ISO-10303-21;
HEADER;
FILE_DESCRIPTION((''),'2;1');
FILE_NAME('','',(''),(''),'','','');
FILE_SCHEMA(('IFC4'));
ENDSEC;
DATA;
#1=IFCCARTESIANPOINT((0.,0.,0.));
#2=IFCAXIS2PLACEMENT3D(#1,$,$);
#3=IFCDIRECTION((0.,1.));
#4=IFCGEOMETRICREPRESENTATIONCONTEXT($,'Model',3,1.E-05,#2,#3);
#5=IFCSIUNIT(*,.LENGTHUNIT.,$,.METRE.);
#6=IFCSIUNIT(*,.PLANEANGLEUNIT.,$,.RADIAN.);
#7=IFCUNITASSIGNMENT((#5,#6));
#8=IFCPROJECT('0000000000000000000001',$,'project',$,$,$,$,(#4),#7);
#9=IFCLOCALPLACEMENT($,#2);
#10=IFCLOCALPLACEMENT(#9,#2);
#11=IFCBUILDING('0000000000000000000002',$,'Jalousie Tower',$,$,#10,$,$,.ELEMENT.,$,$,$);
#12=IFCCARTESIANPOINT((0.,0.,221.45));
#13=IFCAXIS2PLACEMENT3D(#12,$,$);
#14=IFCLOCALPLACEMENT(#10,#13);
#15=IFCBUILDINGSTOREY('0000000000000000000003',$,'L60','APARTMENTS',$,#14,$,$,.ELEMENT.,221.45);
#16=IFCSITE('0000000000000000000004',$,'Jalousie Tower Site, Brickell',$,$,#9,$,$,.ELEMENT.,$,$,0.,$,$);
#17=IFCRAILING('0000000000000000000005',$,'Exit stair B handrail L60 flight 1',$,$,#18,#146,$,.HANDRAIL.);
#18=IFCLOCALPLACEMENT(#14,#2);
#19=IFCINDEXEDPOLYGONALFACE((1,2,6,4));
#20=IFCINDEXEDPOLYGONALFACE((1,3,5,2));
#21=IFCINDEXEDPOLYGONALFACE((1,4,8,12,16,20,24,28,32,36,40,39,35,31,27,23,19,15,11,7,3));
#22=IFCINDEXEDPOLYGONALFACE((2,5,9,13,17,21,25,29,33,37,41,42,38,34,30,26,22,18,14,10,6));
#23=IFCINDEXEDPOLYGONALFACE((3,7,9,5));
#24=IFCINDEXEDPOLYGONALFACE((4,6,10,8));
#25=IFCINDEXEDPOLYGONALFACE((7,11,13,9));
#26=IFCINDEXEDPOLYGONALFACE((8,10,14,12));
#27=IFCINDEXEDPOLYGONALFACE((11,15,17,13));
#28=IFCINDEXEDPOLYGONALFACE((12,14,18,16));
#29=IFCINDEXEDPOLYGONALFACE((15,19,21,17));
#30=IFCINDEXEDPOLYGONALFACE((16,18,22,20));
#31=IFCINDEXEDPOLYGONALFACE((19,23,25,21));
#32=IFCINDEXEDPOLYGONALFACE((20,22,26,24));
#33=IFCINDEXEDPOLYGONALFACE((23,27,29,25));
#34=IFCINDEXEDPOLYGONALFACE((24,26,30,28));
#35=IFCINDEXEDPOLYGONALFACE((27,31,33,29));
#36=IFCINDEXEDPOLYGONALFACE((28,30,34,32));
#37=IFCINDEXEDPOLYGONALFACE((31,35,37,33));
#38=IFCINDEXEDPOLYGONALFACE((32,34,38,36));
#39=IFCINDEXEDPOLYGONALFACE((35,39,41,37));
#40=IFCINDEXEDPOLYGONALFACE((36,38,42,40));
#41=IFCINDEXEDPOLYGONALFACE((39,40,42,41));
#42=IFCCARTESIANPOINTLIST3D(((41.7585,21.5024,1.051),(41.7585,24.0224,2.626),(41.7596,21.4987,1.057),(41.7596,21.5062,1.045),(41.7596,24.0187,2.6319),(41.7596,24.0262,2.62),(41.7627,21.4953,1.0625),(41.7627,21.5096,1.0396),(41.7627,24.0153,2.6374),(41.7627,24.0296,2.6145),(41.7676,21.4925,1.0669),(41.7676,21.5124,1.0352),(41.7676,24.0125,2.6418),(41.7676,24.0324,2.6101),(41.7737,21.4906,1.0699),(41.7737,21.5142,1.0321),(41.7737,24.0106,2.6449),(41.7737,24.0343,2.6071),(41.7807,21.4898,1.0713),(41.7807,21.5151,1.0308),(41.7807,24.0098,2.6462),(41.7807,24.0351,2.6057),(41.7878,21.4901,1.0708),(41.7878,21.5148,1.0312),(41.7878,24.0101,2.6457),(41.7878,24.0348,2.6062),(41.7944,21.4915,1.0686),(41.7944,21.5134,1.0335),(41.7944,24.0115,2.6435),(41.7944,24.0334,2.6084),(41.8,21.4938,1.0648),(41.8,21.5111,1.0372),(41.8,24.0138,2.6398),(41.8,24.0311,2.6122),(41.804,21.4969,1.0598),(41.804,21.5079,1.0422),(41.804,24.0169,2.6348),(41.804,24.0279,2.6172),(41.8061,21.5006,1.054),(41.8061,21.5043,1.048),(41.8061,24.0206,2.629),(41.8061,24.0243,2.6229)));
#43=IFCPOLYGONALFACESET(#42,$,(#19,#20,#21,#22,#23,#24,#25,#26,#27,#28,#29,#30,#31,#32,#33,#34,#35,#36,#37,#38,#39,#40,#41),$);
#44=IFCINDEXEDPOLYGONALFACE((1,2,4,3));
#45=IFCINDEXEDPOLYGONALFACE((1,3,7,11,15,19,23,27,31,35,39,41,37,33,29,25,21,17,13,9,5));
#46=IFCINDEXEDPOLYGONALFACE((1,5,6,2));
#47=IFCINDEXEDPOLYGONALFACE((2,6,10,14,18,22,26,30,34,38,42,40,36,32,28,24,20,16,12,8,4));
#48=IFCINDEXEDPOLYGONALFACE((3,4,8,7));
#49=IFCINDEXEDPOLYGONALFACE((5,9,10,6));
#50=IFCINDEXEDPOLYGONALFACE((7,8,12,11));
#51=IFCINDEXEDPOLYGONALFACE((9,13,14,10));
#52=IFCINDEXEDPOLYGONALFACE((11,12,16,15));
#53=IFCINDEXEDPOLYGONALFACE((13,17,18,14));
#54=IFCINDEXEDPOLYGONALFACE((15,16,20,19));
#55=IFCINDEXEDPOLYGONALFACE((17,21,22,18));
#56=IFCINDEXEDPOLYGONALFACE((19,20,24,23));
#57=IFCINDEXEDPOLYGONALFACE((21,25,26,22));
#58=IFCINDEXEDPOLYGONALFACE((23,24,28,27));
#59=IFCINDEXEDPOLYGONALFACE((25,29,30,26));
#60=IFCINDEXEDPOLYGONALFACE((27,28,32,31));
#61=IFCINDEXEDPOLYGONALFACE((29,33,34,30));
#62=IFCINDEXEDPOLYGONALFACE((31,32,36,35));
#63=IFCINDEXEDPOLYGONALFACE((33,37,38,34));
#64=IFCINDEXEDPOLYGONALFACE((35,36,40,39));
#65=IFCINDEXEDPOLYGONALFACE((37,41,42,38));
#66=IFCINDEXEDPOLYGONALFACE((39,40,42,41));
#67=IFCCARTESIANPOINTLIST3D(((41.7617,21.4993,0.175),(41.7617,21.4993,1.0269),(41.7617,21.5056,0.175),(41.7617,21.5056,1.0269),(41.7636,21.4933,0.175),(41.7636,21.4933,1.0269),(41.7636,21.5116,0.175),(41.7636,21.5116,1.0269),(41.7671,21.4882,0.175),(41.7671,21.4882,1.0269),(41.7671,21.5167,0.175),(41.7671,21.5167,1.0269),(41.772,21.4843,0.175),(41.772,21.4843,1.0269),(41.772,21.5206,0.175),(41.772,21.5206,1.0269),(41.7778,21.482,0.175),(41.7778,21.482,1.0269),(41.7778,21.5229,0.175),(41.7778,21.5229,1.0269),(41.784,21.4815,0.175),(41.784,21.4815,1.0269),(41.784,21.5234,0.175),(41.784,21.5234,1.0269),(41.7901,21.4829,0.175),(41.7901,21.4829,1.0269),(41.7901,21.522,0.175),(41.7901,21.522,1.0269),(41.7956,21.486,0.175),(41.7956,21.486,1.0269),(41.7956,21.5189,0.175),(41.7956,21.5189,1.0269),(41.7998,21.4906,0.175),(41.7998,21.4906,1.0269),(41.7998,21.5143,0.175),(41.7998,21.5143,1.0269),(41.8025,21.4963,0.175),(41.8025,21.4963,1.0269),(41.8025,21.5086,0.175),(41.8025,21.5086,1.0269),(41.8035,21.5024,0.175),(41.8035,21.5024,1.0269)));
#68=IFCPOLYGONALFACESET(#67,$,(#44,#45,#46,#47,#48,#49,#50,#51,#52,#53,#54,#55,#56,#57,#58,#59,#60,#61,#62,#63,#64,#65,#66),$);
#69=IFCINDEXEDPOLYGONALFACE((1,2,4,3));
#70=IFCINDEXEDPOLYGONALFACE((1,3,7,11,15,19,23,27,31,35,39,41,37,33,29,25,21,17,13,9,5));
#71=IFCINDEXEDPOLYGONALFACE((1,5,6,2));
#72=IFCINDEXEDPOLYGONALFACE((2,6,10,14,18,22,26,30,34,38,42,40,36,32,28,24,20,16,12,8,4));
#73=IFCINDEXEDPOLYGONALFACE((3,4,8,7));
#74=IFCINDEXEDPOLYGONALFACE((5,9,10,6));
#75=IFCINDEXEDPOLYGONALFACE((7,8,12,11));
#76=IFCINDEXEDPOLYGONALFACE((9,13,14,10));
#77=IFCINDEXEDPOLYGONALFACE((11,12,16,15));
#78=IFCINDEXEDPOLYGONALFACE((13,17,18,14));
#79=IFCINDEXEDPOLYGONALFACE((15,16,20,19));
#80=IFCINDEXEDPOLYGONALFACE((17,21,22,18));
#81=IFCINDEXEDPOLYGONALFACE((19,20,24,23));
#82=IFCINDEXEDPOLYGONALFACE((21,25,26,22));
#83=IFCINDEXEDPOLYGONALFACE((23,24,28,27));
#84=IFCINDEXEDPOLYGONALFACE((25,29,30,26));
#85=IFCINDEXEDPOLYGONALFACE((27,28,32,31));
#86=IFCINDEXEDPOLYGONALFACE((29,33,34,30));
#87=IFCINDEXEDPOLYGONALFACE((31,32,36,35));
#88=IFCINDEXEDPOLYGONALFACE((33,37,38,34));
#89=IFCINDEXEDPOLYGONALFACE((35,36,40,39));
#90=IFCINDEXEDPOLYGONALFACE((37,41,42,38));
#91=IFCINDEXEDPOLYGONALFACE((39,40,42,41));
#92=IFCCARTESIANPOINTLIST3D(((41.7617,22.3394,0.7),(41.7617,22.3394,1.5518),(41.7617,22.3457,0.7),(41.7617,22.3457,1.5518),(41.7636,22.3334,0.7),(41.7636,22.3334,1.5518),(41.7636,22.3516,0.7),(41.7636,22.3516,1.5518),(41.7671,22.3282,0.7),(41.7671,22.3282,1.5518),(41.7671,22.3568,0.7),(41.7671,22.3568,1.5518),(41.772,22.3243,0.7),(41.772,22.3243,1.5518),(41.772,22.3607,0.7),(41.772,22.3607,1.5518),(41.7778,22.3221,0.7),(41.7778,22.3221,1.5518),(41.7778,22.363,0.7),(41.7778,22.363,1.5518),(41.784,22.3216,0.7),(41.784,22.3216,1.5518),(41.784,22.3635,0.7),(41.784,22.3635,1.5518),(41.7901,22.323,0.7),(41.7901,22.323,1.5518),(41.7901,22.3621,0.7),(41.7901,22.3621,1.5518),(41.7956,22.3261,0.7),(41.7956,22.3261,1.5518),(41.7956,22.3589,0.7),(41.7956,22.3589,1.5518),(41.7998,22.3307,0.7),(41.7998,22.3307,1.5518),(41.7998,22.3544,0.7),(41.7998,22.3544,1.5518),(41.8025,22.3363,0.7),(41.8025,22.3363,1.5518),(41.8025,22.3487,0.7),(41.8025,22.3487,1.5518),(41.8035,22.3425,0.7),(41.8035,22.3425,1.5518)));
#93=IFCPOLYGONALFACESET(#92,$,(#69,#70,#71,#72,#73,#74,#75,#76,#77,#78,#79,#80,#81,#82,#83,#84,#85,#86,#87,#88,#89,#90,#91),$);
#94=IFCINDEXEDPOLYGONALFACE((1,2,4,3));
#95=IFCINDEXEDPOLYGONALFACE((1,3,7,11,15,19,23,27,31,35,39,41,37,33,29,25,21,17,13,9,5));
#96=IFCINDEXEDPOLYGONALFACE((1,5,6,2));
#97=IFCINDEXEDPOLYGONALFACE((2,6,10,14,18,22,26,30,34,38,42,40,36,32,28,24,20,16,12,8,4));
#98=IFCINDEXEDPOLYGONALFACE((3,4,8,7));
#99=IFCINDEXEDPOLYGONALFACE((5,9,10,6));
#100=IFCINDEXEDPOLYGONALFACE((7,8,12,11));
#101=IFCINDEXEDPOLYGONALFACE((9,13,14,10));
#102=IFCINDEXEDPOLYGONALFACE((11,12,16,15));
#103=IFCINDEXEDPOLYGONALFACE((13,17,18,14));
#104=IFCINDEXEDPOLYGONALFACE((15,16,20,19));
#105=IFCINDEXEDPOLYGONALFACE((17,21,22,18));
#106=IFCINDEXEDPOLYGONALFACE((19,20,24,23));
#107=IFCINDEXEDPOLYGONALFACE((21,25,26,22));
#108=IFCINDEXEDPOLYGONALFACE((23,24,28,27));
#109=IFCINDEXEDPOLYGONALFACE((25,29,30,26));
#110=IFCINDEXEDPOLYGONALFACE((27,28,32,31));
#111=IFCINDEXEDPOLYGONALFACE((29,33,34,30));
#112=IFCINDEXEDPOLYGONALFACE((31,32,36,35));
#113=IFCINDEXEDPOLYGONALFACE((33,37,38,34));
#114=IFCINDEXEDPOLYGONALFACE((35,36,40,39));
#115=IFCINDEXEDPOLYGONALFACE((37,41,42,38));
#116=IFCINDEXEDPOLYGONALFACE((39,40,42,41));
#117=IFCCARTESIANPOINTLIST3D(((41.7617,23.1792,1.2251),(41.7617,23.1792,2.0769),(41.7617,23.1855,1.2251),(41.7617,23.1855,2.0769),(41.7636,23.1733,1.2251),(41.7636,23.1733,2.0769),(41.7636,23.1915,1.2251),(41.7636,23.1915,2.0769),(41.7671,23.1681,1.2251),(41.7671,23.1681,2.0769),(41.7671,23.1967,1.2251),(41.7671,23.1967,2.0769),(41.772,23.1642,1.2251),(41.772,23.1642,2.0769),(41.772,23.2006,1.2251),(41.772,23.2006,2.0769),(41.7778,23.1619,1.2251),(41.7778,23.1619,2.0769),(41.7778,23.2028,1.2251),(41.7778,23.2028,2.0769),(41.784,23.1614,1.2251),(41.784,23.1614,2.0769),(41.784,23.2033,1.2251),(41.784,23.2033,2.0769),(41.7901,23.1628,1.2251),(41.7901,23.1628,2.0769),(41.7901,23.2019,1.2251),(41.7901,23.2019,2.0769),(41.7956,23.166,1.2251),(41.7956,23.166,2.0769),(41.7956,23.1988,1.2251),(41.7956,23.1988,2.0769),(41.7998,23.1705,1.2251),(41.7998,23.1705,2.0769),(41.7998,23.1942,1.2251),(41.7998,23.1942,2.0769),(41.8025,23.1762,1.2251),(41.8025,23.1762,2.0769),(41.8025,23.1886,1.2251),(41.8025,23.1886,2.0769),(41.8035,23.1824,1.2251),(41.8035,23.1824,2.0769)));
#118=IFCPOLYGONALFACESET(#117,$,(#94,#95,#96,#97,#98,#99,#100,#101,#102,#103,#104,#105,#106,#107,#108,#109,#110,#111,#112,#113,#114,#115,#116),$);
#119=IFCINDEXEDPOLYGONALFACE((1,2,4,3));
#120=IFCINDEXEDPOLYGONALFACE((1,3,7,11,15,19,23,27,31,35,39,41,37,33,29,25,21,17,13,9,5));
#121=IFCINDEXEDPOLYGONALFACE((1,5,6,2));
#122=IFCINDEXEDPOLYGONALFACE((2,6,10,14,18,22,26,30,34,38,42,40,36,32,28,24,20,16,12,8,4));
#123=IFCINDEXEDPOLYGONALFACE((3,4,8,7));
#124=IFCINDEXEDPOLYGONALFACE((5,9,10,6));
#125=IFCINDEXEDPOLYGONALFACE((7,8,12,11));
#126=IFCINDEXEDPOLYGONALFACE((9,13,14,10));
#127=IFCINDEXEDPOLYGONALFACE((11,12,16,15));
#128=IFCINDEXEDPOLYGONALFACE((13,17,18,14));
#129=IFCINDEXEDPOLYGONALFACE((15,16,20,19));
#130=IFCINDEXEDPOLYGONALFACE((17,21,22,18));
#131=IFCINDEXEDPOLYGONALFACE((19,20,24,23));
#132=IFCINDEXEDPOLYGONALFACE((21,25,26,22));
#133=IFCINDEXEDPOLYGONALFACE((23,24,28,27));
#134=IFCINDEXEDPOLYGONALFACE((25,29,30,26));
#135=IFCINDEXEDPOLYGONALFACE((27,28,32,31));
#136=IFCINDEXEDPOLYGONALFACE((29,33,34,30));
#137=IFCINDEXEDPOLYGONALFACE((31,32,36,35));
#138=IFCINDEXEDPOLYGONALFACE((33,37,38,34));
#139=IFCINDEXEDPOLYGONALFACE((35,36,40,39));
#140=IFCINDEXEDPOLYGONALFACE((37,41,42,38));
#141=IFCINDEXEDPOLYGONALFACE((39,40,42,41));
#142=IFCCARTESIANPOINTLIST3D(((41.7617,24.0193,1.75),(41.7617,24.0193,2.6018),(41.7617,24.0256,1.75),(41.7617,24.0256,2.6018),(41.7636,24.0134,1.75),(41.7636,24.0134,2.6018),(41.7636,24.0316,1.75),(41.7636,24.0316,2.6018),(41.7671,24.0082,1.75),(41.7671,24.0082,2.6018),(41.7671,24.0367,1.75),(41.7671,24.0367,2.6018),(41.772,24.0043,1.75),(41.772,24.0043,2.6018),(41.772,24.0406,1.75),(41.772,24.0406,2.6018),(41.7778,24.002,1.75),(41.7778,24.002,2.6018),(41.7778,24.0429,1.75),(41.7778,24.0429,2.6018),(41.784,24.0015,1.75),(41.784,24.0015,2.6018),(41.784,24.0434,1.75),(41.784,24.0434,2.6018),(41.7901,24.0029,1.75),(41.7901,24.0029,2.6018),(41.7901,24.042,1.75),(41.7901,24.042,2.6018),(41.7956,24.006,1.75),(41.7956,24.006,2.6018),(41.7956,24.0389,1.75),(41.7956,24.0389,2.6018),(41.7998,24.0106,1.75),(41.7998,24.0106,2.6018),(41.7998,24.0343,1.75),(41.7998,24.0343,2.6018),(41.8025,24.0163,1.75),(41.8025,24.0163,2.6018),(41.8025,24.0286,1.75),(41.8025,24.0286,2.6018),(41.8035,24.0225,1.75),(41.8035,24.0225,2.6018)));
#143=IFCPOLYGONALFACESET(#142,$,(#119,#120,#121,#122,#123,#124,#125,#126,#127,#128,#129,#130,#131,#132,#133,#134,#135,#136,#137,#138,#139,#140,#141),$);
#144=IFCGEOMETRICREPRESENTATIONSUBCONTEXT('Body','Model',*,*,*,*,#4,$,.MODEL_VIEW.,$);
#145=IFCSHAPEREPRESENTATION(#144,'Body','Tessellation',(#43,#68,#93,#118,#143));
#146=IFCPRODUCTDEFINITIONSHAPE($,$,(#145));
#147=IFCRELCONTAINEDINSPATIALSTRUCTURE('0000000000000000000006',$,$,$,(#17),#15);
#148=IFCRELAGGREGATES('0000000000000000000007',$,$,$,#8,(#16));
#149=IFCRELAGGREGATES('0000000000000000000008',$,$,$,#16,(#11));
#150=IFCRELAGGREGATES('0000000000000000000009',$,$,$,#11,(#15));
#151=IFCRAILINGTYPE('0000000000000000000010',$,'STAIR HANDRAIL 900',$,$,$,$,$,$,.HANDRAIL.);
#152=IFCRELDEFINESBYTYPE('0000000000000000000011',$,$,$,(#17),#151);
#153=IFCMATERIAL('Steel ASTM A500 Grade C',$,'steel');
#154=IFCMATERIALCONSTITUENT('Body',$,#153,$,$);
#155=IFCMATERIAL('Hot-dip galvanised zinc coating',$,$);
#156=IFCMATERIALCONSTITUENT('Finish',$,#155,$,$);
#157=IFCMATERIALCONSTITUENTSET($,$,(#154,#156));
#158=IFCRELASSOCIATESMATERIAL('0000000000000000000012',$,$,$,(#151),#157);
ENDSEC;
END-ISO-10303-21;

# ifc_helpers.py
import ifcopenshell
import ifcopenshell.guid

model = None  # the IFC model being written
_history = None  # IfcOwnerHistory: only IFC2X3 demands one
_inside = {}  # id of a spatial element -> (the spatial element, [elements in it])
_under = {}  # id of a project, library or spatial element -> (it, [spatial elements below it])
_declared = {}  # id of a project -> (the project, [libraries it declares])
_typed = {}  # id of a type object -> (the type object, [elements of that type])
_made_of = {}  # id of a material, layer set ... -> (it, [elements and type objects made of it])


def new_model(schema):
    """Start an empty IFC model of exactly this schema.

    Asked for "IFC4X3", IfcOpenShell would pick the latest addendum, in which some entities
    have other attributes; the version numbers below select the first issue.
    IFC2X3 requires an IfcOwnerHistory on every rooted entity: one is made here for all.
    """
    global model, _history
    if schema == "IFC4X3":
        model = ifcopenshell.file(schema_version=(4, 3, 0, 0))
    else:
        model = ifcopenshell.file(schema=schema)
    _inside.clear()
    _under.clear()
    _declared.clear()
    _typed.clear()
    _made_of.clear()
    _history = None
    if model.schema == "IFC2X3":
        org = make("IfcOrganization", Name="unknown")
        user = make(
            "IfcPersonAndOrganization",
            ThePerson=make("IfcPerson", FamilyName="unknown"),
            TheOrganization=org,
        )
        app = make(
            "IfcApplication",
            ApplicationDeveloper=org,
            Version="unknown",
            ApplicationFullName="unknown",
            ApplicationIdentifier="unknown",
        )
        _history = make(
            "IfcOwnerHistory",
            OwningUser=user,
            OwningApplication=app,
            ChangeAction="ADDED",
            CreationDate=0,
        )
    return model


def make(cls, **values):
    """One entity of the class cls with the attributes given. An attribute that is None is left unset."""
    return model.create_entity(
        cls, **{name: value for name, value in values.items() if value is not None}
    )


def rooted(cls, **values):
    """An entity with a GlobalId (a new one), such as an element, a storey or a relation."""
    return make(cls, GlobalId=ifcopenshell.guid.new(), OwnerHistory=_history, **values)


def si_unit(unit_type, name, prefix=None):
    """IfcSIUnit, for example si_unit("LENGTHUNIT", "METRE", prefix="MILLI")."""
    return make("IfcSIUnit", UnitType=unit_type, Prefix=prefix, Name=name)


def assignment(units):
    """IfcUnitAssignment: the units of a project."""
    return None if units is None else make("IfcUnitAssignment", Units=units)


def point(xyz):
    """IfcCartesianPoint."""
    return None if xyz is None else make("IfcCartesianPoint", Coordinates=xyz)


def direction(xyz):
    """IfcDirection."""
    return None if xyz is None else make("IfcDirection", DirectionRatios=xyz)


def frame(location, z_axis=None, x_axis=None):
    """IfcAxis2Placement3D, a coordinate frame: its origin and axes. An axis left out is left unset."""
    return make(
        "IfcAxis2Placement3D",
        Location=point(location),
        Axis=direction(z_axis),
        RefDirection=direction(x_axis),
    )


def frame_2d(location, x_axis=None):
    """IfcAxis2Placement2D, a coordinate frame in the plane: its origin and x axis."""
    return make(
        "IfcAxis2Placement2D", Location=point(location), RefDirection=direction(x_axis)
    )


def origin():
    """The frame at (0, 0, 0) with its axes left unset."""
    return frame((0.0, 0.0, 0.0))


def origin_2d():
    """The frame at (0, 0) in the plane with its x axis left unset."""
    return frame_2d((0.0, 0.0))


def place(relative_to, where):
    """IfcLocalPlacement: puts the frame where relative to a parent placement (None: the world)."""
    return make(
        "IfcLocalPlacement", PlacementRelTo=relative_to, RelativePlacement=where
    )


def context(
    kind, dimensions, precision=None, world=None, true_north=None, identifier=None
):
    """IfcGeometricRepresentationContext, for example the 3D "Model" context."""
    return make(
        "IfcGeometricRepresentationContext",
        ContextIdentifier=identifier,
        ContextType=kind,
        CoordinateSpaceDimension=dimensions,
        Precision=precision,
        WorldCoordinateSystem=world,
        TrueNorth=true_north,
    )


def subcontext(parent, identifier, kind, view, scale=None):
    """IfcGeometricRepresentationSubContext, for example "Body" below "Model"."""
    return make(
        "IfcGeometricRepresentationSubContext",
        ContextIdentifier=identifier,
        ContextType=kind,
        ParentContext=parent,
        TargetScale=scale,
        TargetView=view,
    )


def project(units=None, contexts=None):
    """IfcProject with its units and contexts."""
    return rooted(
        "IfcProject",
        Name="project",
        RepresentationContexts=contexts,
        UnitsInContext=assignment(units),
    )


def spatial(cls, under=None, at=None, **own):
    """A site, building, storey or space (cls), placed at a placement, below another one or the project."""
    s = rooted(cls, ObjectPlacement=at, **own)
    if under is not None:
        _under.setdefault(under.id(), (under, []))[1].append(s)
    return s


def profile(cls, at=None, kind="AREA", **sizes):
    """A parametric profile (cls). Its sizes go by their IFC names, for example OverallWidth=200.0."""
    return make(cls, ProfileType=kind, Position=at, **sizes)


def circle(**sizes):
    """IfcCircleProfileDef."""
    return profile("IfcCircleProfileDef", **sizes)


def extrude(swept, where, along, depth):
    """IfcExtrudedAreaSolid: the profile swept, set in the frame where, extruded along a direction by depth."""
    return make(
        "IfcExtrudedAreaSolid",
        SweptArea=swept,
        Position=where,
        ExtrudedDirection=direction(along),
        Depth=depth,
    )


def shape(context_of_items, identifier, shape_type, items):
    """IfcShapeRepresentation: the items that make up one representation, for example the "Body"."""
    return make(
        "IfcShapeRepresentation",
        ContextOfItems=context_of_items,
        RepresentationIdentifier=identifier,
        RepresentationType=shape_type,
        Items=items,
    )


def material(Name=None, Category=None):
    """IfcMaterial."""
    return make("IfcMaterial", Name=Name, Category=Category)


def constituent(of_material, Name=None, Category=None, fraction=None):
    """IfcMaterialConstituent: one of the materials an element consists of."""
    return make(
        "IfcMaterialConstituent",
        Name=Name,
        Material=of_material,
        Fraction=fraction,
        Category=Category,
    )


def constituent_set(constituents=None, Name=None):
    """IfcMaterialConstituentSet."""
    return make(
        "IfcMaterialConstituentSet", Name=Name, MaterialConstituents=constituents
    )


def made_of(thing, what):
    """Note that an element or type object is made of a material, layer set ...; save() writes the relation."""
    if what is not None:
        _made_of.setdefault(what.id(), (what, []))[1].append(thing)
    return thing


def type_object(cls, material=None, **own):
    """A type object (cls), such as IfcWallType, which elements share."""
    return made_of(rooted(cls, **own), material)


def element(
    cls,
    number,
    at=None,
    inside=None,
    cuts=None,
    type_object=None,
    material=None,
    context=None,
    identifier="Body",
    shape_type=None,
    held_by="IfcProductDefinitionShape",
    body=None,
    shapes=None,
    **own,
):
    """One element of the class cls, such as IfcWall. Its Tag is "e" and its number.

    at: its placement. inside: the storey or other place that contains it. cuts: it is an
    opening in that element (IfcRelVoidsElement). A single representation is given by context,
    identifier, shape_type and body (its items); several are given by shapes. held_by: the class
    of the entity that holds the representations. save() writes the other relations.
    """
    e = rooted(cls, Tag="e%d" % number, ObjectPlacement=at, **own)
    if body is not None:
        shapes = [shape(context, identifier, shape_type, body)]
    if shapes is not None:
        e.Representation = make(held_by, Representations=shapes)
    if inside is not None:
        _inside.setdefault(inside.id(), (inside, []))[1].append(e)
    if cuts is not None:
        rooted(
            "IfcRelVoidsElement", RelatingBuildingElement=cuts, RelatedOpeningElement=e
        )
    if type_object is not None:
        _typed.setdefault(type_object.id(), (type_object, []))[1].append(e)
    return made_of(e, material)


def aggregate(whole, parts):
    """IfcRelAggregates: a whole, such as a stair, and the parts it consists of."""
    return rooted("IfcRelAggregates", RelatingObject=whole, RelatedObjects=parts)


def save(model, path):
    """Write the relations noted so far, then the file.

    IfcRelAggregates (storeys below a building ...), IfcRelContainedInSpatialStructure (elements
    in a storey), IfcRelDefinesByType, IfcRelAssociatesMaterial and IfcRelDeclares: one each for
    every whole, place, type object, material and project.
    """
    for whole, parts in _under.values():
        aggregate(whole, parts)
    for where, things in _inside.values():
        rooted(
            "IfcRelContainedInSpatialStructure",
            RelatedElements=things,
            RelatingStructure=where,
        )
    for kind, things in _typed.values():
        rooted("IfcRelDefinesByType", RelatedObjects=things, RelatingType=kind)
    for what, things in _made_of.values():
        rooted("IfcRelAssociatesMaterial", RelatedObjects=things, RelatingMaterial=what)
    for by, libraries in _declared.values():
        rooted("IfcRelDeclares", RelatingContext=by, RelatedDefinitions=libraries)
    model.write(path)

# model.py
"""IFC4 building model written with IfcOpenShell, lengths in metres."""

from ifc_helpers import new_model, si_unit, direction, frame, origin, origin_2d, place, context, subcontext, project, spatial, circle, extrude, material, constituent, constituent_set, type_object, element, save


model = new_model("IFC4")

# Units and contexts
model_context = context("Model", 3, precision=1e-05, world=origin(), true_north=direction((0.0, 1.0)))
body_context = subcontext(model_context, "Body", "Model", "MODEL_VIEW")
ifc_project = project(units=[si_unit("LENGTHUNIT", "METRE"), si_unit("PLANEANGLEUNIT", "RADIAN")], contexts=[model_context])

# Site, building, storey
site_placement = place(None, origin())
site = spatial("IfcSite", under=ifc_project, at=site_placement, Name="Jalousie Tower Site, Brickell", CompositionType="ELEMENT", RefElevation=0.0)
building_placement = place(site_placement, origin())
building = spatial("IfcBuilding", under=site, at=building_placement, Name="Jalousie Tower", CompositionType="ELEMENT")
storey_placement = place(building_placement, frame((0.0, 0.0, 221.45)))
storey = spatial("IfcBuildingStorey", under=building, at=storey_placement, Name="L60", Description="APARTMENTS", CompositionType="ELEMENT", Elevation=221.45)

# Railing
ifc_material_1 = material(Name="Steel ASTM A500 Grade C", Category="steel")
ifc_constituent_1 = constituent(ifc_material_1, Name="Body")
ifc_material_2 = material(Name="Hot-dip galvanised zinc coating")
ifc_constituent_2 = constituent(ifc_material_2, Name="Finish")
ifc_constituent_set_1 = constituent_set(constituents=[ifc_constituent_1, ifc_constituent_2])
railing_type_1 = type_object("IfcRailingType", Name="STAIR HANDRAIL 900", PredefinedType="HANDRAIL", material=ifc_constituent_set_1)
railing_1_placement = place(storey_placement, frame((41.7825, 21.5024, 0.175)))
element("IfcRailing", 1, at=railing_1_placement, inside=storey, type_object=railing_type_1, Name="Exit stair B handrail L60 flight 1", PredefinedType="HANDRAIL", context=body_context, shape_type="SweptSolid", body=[
    extrude(circle(Radius=0.0239, at=origin_2d()), frame((0.0, 0.0, 0.876), z_axis=(0.0, 0.848008, 0.529984), x_axis=(-1.0, 0.0, 0.0)), (0.0, 0.0, 1.0), 2.9717),
    extrude(circle(Radius=0.021, at=origin_2d()), origin(), (0.0, 0.0, 1.0), 0.8518),
    extrude(circle(Radius=0.021, at=origin_2d()), frame((0.0, 0.8401, 0.5249)), (0.0, 0.0, 1.0), 0.8518),
    extrude(circle(Radius=0.021, at=origin_2d()), frame((0.0, 1.6799, 1.05)), (0.0, 0.0, 1.0), 0.8518),
    extrude(circle(Radius=0.021, at=origin_2d()), frame((0.0, 2.52, 1.575)), (0.0, 0.0, 1.0), 0.8518),
])

save(model, "model.ifc")
